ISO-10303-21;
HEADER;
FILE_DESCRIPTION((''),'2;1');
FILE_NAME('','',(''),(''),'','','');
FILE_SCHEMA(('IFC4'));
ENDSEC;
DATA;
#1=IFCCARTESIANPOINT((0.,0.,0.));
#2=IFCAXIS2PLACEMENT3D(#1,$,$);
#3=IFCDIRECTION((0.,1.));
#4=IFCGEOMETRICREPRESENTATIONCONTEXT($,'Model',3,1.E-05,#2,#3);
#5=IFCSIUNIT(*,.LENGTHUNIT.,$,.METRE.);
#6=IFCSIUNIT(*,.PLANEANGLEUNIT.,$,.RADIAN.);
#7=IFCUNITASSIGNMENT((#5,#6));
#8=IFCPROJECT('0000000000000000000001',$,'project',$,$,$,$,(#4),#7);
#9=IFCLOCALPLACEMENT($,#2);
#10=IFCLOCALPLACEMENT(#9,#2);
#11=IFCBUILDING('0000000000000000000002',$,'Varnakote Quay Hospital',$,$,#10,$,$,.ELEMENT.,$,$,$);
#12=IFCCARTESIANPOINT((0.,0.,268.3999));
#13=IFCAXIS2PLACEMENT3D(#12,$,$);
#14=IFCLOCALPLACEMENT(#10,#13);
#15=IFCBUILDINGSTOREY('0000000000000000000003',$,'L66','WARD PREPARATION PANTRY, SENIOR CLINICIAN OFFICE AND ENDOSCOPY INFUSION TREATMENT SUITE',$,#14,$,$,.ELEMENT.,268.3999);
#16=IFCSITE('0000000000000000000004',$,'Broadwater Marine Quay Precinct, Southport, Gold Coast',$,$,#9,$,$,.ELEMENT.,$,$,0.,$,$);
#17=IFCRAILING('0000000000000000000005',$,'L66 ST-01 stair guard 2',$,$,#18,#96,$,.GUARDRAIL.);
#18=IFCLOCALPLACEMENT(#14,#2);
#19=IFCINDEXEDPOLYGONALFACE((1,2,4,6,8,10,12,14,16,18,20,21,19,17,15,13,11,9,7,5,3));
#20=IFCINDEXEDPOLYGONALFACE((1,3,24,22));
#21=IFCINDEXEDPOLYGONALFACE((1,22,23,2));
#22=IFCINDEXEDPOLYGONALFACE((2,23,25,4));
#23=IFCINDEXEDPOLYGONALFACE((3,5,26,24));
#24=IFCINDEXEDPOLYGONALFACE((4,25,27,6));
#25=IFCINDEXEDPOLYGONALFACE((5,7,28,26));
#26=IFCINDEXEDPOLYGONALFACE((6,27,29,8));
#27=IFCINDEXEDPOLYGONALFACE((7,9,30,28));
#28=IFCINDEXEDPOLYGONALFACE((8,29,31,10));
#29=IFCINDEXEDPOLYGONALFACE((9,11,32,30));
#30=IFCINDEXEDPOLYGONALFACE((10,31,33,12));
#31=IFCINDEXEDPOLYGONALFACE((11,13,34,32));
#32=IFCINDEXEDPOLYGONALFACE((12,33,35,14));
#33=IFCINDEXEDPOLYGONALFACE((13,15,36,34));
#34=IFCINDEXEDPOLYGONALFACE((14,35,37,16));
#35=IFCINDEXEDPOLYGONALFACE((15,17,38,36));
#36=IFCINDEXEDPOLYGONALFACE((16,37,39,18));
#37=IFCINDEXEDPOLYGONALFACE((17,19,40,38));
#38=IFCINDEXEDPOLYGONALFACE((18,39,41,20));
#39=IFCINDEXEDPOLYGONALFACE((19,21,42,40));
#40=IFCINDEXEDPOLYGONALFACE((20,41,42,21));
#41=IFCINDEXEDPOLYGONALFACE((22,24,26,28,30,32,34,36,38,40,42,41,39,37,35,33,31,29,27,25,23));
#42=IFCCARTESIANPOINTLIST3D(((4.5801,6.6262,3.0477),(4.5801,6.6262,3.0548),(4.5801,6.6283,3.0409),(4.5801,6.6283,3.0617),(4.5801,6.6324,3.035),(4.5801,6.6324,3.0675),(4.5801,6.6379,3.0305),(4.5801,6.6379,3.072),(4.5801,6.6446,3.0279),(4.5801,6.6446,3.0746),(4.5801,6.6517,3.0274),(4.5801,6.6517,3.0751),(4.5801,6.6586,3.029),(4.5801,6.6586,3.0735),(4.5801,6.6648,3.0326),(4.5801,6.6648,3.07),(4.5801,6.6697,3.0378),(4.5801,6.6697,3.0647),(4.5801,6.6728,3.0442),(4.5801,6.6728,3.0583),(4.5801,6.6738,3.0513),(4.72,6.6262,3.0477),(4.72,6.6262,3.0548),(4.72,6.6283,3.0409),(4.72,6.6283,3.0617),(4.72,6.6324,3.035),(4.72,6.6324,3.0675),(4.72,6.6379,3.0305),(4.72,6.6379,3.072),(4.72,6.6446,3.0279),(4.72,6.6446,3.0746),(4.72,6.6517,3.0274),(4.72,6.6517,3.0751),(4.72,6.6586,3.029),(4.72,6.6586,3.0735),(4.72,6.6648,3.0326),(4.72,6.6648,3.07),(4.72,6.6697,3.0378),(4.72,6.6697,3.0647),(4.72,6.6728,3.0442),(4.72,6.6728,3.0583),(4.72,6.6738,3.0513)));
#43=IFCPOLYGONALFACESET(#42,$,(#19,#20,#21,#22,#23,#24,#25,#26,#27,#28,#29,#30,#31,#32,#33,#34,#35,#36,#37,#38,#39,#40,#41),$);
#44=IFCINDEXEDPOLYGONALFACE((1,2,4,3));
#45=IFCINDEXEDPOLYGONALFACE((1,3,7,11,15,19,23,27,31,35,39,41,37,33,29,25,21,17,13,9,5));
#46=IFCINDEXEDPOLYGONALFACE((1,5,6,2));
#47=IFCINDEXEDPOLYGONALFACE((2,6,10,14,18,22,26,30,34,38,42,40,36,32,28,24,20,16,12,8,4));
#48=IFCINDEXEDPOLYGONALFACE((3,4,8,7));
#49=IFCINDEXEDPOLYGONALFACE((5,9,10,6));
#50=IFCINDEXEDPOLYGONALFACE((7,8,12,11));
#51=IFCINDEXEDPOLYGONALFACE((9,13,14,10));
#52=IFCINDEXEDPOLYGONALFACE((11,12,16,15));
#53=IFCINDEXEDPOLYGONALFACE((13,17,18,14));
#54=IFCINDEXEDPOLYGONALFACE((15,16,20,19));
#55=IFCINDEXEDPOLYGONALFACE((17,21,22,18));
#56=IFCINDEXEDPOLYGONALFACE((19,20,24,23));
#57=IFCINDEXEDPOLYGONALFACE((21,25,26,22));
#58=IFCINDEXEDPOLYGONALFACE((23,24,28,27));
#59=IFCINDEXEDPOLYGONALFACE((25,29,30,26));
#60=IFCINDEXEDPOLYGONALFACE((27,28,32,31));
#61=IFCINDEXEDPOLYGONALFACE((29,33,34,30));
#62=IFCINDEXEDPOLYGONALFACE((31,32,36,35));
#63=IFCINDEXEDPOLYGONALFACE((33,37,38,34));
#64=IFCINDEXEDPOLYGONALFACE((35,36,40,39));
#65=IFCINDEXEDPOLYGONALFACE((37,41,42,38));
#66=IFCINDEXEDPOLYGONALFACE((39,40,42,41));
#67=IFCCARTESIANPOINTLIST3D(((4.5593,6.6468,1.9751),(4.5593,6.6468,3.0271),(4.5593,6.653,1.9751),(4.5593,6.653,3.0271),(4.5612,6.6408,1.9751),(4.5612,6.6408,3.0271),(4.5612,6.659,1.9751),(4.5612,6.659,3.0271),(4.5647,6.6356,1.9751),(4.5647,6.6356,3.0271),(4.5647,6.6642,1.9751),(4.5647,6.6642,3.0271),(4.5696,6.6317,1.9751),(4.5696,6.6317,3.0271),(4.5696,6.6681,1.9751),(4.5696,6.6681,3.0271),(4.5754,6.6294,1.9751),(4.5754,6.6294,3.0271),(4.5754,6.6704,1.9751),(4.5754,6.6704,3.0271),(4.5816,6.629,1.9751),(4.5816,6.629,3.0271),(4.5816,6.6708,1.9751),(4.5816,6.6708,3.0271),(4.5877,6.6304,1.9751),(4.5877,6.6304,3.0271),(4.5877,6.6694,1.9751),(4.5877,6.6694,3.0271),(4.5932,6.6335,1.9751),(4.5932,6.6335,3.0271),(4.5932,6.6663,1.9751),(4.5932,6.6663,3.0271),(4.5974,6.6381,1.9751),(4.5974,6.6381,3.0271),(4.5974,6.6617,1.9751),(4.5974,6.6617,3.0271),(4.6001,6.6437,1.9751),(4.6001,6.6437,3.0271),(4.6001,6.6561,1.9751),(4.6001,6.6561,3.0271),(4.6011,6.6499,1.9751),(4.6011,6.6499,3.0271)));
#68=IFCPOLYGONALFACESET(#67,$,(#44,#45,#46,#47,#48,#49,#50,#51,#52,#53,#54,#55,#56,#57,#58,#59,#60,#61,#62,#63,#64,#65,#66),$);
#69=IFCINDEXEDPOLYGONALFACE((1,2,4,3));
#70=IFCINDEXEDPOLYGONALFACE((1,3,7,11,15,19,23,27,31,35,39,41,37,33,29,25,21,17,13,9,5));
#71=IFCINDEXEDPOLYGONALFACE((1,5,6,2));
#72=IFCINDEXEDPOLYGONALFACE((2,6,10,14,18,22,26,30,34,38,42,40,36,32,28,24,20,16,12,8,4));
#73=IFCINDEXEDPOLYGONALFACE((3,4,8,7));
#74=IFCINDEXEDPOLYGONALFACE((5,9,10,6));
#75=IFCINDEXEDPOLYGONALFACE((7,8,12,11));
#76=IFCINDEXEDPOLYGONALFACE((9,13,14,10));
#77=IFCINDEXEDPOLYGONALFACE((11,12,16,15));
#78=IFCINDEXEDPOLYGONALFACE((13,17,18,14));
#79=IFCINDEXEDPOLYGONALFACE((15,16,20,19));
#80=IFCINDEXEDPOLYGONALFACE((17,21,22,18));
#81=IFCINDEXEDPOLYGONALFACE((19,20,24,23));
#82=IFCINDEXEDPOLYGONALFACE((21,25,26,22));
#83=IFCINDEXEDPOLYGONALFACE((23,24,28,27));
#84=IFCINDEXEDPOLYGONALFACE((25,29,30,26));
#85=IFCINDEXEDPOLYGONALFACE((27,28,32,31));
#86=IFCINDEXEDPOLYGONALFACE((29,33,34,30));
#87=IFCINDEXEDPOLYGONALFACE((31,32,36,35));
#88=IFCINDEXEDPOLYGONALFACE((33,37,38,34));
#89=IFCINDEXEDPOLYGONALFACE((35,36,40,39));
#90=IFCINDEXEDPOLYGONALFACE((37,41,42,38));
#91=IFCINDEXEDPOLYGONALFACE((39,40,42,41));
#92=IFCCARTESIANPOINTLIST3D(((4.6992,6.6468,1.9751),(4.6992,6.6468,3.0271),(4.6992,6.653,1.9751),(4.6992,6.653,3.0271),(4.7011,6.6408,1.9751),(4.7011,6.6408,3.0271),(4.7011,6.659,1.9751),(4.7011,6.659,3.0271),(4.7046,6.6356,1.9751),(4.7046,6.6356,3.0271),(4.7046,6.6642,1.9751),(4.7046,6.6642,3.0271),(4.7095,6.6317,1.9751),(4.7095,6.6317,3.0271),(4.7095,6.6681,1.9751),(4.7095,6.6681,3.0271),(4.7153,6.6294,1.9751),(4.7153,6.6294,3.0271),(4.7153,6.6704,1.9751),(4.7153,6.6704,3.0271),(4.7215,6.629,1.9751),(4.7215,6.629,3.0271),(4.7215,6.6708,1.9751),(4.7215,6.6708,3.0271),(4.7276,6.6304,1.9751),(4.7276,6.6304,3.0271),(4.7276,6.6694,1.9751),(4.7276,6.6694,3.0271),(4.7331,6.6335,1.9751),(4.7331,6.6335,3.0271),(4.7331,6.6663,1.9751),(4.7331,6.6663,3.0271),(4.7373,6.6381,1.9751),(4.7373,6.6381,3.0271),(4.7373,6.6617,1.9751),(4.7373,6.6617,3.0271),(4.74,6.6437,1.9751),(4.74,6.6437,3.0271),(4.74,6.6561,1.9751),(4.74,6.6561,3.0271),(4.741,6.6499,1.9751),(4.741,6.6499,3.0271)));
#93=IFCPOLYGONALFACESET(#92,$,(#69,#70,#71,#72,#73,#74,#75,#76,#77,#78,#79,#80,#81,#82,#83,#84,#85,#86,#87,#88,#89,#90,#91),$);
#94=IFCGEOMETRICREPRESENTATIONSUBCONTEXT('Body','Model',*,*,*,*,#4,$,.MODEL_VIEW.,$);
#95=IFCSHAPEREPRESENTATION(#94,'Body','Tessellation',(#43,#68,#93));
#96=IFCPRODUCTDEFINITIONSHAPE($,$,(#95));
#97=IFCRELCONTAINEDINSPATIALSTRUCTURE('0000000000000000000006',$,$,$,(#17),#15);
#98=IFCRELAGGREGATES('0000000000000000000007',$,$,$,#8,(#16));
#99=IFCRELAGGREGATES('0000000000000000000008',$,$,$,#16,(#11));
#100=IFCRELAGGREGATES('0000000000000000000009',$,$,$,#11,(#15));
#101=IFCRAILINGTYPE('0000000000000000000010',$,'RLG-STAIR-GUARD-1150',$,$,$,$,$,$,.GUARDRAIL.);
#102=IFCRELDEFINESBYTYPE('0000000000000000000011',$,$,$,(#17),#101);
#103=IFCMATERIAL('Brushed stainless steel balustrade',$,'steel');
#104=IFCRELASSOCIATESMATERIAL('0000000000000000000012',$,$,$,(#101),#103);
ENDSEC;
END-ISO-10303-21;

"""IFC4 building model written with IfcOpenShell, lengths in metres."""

from ifc_helpers import new_model, si_unit, direction, frame, origin, origin_2d, place, context, subcontext, project, spatial, circle, extrude, material, type_object, element, save


model = new_model("IFC4")

# Units and contexts
model_context = context("Model", 3, precision=1e-05, world=origin(), true_north=direction((0.0, 1.0)))
body_context = subcontext(model_context, "Body", "Model", "MODEL_VIEW")
ifc_project = project(units=[si_unit("LENGTHUNIT", "METRE"), si_unit("PLANEANGLEUNIT", "RADIAN")], contexts=[model_context])

# Site, building, storey
site_placement = place(None, origin())
site = spatial("IfcSite", under=ifc_project, at=site_placement, Name="Broadwater Marine Quay Precinct, Southport, Gold Coast", CompositionType="ELEMENT", RefElevation=0.0)
building_placement = place(site_placement, origin())
building = spatial("IfcBuilding", under=site, at=building_placement, Name="Varnakote Quay Hospital", CompositionType="ELEMENT")
storey_placement = place(building_placement, frame((0.0, 0.0, 268.3999)))
storey = spatial("IfcBuildingStorey", under=building, at=storey_placement, Name="L66", Description="WARD PREPARATION PANTRY, SENIOR CLINICIAN OFFICE AND ENDOSCOPY INFUSION TREATMENT SUITE", CompositionType="ELEMENT", Elevation=268.3999)

# Railing
ifc_material_1 = material(Name="Brushed stainless steel balustrade", Category="steel")
railing_type_1 = type_object("IfcRailingType", Name="RLG-STAIR-GUARD-1150", PredefinedType="GUARDRAIL", material=ifc_material_1)
railing_1_placement = place(storey_placement, frame((4.5801, 6.6499, 1.9751)))
element("IfcRailing", 1, at=railing_1_placement, inside=storey, type_object=railing_type_1, Name="L66 ST-01 stair guard 2", PredefinedType="GUARDRAIL", context=body_context, shape_type="SweptSolid", body=[
    extrude(circle(Radius=0.0239, at=origin_2d()), frame((0.0, 0.0, 1.0762), z_axis=(1.0, 0.0, 0.0), x_axis=(0.0, 1.0, 0.0)), (0.0, 0.0, 1.0), 0.1399),
    extrude(circle(Radius=0.021, at=origin_2d()), origin(), (0.0, 0.0, 1.0), 1.052),
    extrude(circle(Radius=0.021, at=origin_2d()), frame((0.1399, 0.0, 0.0)), (0.0, 0.0, 1.0), 1.052),
])

save(model, "model.ifc")
